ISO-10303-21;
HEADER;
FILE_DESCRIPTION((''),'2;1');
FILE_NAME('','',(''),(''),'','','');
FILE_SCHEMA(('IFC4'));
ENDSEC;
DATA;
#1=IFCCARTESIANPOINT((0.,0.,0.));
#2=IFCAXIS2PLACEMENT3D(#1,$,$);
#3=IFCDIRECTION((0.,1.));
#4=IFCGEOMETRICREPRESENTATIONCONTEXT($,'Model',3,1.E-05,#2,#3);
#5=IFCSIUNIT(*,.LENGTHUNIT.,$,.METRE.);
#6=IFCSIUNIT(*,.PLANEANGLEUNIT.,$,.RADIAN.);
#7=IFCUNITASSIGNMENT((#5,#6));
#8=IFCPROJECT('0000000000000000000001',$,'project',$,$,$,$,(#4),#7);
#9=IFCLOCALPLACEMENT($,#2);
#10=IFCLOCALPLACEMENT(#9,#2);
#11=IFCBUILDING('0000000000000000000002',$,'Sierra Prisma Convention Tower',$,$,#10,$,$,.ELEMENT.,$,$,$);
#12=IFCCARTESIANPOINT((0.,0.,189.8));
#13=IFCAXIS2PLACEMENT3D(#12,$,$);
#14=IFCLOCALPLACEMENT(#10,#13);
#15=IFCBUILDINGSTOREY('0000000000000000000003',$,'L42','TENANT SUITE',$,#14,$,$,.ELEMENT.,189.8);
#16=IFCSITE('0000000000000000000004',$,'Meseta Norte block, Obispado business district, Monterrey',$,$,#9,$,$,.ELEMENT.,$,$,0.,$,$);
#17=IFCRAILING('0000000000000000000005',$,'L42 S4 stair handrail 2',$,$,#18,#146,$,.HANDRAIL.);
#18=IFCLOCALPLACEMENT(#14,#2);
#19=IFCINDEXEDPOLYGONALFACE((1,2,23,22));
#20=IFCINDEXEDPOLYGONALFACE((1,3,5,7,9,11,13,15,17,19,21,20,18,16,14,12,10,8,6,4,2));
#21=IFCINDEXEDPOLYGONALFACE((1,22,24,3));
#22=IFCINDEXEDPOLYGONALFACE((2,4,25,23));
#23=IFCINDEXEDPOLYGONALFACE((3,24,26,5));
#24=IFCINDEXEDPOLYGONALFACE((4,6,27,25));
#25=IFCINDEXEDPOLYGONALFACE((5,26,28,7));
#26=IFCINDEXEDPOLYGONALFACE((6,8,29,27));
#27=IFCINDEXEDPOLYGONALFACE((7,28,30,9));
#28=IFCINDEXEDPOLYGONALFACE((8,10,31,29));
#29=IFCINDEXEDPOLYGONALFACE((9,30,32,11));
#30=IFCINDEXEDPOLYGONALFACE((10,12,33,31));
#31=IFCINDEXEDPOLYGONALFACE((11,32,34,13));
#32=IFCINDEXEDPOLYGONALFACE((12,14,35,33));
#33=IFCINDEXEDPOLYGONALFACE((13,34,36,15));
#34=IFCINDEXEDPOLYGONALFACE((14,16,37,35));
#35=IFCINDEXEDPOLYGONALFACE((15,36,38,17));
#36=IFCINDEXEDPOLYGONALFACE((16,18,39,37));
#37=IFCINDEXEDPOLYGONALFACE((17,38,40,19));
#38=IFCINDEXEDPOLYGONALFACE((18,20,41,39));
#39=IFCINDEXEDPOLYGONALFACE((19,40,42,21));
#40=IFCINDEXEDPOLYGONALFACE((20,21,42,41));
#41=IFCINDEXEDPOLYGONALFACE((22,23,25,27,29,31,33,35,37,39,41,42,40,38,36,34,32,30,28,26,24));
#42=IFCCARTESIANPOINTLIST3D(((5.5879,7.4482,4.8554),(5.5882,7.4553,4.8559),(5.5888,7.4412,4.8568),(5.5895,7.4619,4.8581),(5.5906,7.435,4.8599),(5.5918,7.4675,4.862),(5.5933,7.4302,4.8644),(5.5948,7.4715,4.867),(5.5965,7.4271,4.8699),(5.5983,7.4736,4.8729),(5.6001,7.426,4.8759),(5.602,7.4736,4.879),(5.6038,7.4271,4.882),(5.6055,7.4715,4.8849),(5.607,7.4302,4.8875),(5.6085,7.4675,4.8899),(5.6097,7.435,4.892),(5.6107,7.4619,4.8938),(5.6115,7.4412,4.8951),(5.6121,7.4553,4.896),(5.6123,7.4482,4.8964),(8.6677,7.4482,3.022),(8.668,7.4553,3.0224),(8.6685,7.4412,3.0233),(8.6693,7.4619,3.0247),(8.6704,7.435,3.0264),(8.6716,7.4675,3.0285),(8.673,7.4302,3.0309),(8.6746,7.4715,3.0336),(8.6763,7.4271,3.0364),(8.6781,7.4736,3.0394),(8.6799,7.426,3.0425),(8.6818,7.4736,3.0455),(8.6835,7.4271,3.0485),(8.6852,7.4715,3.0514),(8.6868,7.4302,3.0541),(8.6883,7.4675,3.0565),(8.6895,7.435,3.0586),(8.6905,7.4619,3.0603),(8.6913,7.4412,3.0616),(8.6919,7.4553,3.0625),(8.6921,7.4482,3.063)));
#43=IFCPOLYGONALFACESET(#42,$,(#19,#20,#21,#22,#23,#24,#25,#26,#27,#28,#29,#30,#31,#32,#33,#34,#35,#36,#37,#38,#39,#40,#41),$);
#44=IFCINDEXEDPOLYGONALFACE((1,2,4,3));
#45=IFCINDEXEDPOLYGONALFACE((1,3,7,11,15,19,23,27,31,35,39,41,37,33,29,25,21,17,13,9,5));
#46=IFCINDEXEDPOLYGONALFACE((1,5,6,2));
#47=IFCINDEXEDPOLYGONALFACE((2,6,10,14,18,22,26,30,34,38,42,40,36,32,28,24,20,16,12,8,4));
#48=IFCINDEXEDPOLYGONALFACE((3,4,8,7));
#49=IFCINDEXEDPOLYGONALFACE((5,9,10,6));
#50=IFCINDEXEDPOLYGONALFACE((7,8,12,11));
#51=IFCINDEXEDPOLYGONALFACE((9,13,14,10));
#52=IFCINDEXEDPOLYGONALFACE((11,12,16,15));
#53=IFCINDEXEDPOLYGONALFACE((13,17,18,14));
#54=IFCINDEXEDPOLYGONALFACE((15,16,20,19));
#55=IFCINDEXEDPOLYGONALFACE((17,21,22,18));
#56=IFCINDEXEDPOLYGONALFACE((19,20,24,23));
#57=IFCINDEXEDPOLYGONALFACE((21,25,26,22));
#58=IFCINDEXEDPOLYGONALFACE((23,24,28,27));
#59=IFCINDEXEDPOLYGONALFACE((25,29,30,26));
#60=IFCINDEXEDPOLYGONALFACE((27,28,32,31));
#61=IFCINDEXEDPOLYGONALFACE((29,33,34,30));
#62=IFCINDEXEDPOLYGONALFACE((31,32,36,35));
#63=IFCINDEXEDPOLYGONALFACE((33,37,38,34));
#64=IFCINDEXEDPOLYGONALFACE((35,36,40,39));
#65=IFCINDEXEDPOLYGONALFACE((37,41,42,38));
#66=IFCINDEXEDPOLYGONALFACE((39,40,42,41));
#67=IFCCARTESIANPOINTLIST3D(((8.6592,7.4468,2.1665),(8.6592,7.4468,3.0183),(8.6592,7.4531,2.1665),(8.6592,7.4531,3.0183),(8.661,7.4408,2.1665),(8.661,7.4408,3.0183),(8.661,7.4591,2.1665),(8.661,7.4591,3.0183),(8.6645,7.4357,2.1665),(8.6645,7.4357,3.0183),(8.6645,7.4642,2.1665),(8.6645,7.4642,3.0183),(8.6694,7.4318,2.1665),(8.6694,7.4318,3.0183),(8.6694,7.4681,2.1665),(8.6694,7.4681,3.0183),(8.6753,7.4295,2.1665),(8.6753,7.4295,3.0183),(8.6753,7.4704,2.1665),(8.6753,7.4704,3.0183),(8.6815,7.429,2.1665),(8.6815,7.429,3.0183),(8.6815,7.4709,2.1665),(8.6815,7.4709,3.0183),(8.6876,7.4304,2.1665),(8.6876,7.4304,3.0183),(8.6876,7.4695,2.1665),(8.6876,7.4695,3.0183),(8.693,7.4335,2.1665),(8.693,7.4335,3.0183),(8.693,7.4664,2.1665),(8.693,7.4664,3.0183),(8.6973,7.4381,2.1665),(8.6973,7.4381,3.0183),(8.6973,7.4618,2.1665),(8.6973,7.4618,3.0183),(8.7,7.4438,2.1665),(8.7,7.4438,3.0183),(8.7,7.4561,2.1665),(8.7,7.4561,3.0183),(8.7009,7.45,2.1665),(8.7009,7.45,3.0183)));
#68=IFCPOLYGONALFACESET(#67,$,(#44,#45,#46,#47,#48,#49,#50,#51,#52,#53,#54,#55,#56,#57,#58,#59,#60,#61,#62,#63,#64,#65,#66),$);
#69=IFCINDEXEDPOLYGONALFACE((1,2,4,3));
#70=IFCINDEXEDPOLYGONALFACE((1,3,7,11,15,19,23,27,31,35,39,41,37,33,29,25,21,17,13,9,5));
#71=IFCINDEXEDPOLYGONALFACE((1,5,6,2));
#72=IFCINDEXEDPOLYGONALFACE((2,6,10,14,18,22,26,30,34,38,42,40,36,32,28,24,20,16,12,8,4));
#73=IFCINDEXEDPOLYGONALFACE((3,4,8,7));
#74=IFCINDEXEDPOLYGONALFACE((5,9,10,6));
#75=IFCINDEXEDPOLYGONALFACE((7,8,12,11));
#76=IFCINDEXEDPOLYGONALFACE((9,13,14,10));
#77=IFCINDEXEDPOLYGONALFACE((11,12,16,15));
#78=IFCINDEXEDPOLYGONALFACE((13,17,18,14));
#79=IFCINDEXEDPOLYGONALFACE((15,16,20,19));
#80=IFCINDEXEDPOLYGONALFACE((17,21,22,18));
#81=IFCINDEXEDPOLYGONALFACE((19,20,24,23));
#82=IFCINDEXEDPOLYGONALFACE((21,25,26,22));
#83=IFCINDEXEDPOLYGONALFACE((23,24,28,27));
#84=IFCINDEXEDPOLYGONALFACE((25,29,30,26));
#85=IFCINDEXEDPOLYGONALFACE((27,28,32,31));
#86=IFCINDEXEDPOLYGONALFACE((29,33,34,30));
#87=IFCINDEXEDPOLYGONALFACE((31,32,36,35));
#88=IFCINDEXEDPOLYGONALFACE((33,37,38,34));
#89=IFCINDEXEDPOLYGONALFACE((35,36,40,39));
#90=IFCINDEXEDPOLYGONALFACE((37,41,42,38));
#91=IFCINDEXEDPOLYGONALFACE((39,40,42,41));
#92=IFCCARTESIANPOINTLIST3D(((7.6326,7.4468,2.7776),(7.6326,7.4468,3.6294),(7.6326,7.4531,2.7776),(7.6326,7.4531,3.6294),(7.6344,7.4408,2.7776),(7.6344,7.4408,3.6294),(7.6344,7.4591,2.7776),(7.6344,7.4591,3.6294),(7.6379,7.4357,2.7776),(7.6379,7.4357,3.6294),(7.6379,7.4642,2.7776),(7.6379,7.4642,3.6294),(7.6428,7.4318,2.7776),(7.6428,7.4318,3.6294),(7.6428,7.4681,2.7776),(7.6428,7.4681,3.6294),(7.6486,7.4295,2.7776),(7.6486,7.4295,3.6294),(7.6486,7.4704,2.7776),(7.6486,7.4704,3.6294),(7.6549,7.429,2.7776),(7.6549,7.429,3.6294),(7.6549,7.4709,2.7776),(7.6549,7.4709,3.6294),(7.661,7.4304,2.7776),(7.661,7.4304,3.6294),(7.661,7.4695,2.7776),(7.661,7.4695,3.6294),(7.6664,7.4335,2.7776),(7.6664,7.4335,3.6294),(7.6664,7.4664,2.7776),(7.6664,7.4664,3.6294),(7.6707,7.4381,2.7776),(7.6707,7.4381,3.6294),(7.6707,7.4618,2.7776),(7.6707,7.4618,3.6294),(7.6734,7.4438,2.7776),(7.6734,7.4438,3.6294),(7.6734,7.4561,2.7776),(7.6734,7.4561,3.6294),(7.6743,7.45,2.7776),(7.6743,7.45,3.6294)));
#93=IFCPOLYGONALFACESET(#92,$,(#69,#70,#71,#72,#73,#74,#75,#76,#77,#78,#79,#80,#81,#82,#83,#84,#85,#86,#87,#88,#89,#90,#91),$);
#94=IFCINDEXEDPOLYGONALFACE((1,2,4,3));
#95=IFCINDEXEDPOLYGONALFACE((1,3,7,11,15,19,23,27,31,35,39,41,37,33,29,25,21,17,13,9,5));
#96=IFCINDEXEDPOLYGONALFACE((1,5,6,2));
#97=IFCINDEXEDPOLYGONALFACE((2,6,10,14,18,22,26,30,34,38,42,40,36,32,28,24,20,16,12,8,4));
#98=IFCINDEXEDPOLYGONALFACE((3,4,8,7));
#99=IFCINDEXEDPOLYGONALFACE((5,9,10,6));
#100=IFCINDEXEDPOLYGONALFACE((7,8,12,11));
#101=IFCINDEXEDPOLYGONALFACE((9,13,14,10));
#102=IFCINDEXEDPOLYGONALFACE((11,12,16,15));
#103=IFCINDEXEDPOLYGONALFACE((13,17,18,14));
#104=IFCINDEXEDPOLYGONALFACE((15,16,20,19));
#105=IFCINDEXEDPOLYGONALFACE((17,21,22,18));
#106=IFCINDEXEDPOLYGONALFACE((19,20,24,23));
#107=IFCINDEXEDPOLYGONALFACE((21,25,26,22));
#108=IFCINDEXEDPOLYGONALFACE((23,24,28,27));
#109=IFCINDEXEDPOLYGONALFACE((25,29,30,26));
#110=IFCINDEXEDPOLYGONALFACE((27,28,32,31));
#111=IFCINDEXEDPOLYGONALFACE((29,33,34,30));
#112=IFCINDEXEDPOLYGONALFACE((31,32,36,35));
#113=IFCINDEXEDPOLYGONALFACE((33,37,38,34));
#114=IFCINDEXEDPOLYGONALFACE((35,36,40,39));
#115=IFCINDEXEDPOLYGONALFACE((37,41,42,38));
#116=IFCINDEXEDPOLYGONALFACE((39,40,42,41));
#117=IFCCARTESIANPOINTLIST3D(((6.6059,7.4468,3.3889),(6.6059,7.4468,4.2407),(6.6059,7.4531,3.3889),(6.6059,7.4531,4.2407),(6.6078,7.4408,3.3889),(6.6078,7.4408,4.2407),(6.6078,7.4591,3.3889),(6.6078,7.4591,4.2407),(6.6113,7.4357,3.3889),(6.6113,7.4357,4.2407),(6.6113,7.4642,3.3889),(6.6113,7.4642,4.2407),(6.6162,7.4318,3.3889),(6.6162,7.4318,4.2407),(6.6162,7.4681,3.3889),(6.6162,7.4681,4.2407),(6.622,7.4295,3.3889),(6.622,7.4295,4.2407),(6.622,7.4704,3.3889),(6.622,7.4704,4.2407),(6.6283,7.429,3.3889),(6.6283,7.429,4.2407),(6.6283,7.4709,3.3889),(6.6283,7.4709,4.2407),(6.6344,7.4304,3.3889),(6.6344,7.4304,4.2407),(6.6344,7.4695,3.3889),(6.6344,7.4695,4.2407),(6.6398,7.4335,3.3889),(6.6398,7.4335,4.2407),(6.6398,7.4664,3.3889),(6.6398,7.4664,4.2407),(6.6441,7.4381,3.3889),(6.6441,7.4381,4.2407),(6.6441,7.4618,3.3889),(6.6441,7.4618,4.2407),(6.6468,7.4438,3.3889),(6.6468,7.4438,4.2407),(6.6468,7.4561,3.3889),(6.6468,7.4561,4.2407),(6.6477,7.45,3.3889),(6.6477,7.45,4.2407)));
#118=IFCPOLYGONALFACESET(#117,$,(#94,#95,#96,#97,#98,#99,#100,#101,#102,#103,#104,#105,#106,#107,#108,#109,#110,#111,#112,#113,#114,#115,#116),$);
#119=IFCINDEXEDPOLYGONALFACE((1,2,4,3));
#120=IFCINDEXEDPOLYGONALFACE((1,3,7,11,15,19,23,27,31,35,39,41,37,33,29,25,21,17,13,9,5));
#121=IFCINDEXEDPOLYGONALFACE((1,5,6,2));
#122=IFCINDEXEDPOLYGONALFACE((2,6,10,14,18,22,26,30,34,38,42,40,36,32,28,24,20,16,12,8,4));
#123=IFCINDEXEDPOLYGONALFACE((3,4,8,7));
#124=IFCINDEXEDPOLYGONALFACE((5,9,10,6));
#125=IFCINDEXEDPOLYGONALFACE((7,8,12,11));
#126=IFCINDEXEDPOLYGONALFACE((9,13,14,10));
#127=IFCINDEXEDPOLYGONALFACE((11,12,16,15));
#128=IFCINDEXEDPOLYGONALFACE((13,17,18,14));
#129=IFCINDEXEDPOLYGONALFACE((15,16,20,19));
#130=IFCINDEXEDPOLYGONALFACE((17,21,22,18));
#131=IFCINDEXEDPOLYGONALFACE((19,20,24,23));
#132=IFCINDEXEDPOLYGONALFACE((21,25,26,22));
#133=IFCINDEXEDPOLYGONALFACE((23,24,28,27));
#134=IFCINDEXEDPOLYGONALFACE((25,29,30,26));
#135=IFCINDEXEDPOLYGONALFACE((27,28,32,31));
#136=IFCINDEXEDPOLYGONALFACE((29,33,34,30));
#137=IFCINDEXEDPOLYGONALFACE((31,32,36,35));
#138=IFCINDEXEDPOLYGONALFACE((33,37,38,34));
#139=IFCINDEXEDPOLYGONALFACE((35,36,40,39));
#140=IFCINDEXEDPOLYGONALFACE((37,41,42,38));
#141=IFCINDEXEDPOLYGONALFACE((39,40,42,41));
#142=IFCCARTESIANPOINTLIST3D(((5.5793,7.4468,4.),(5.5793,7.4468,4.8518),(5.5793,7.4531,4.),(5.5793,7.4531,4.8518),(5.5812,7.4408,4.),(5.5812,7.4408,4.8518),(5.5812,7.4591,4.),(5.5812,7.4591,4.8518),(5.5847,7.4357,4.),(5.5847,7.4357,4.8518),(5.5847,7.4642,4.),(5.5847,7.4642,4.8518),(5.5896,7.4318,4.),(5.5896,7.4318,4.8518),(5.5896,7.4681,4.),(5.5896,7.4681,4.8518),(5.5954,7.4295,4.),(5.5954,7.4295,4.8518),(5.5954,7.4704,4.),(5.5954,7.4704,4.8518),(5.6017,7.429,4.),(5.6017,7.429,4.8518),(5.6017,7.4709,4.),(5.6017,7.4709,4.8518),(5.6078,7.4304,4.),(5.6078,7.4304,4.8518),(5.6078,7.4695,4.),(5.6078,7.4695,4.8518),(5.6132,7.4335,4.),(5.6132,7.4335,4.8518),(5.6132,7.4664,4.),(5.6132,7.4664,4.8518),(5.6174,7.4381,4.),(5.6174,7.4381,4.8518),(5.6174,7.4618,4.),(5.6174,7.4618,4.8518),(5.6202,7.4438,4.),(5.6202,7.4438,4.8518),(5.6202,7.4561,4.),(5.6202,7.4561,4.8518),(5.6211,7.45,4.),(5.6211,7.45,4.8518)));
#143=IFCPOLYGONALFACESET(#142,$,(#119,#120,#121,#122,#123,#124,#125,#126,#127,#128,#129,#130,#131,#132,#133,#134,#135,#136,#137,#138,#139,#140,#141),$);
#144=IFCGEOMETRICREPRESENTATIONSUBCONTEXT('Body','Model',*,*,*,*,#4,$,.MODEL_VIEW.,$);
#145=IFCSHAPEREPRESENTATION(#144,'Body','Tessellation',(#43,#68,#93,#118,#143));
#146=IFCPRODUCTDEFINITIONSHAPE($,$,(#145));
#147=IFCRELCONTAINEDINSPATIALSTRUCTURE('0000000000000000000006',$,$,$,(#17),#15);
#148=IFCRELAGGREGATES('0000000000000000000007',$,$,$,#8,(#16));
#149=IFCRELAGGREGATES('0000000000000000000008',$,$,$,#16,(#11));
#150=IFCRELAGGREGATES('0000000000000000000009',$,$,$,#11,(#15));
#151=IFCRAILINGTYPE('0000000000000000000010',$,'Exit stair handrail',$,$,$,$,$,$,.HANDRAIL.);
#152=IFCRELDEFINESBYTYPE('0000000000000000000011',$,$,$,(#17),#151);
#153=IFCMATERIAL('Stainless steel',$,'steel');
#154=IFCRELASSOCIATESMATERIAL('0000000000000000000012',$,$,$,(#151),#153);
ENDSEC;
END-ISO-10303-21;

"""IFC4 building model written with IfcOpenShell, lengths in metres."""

from ifc_helpers import new_model, si_unit, direction, frame, origin, origin_2d, place, context, subcontext, project, spatial, circle, extrude, material, type_object, element, save


model = new_model("IFC4")

# Units and contexts
model_context = context("Model", 3, precision=1e-05, world=origin(), true_north=direction((0.0, 1.0)))
body_context = subcontext(model_context, "Body", "Model", "MODEL_VIEW")
ifc_project = project(units=[si_unit("LENGTHUNIT", "METRE"), si_unit("PLANEANGLEUNIT", "RADIAN")], contexts=[model_context])

# Site, building, storey
site_placement = place(None, origin())
site = spatial("IfcSite", under=ifc_project, at=site_placement, Name="Meseta Norte block, Obispado business district, Monterrey", CompositionType="ELEMENT", RefElevation=0.0)
building_placement = place(site_placement, origin())
building = spatial("IfcBuilding", under=site, at=building_placement, Name="Sierra Prisma Convention Tower", CompositionType="ELEMENT")
storey_placement = place(building_placement, frame((0.0, 0.0, 189.8)))
storey = spatial("IfcBuildingStorey", under=building, at=storey_placement, Name="L42", Description="TENANT SUITE", CompositionType="ELEMENT", Elevation=189.8)

# Railing
ifc_material_1 = material(Name="Stainless steel", Category="steel")
railing_type = type_object("IfcRailingType", Name="Exit stair handrail", PredefinedType="HANDRAIL", material=ifc_material_1)
railing_placement = place(storey_placement, frame((8.6799, 7.45, 2.1665)))
element("IfcRailing", 1, at=railing_placement, inside=storey, type_object=railing_type, Name="L42 S4 stair handrail 2", PredefinedType="HANDRAIL", context=body_context, shape_type="SweptSolid", body=[
    extrude(circle(Radius=0.0239, at=origin_2d()), frame((0.0, 0.0, 0.876), z_axis=(-0.859261, 0.0, 0.511538), x_axis=(0.0, -1.0, 0.0)), (0.0, 0.0, 1.0), 3.5842),
    extrude(circle(Radius=0.021, at=origin_2d()), origin(), (0.0, 0.0, 1.0), 0.8518),
    extrude(circle(Radius=0.021, at=origin_2d()), frame((-1.0266, 0.0, 0.6111)), (0.0, 0.0, 1.0), 0.8518),
    extrude(circle(Radius=0.021, at=origin_2d()), frame((-2.0532, 0.0, 1.2224)), (0.0, 0.0, 1.0), 0.8518),
    extrude(circle(Radius=0.021, at=origin_2d()), frame((-3.0798, 0.0, 1.8335)), (0.0, 0.0, 1.0), 0.8518),
])

save(model, "model.ifc")
